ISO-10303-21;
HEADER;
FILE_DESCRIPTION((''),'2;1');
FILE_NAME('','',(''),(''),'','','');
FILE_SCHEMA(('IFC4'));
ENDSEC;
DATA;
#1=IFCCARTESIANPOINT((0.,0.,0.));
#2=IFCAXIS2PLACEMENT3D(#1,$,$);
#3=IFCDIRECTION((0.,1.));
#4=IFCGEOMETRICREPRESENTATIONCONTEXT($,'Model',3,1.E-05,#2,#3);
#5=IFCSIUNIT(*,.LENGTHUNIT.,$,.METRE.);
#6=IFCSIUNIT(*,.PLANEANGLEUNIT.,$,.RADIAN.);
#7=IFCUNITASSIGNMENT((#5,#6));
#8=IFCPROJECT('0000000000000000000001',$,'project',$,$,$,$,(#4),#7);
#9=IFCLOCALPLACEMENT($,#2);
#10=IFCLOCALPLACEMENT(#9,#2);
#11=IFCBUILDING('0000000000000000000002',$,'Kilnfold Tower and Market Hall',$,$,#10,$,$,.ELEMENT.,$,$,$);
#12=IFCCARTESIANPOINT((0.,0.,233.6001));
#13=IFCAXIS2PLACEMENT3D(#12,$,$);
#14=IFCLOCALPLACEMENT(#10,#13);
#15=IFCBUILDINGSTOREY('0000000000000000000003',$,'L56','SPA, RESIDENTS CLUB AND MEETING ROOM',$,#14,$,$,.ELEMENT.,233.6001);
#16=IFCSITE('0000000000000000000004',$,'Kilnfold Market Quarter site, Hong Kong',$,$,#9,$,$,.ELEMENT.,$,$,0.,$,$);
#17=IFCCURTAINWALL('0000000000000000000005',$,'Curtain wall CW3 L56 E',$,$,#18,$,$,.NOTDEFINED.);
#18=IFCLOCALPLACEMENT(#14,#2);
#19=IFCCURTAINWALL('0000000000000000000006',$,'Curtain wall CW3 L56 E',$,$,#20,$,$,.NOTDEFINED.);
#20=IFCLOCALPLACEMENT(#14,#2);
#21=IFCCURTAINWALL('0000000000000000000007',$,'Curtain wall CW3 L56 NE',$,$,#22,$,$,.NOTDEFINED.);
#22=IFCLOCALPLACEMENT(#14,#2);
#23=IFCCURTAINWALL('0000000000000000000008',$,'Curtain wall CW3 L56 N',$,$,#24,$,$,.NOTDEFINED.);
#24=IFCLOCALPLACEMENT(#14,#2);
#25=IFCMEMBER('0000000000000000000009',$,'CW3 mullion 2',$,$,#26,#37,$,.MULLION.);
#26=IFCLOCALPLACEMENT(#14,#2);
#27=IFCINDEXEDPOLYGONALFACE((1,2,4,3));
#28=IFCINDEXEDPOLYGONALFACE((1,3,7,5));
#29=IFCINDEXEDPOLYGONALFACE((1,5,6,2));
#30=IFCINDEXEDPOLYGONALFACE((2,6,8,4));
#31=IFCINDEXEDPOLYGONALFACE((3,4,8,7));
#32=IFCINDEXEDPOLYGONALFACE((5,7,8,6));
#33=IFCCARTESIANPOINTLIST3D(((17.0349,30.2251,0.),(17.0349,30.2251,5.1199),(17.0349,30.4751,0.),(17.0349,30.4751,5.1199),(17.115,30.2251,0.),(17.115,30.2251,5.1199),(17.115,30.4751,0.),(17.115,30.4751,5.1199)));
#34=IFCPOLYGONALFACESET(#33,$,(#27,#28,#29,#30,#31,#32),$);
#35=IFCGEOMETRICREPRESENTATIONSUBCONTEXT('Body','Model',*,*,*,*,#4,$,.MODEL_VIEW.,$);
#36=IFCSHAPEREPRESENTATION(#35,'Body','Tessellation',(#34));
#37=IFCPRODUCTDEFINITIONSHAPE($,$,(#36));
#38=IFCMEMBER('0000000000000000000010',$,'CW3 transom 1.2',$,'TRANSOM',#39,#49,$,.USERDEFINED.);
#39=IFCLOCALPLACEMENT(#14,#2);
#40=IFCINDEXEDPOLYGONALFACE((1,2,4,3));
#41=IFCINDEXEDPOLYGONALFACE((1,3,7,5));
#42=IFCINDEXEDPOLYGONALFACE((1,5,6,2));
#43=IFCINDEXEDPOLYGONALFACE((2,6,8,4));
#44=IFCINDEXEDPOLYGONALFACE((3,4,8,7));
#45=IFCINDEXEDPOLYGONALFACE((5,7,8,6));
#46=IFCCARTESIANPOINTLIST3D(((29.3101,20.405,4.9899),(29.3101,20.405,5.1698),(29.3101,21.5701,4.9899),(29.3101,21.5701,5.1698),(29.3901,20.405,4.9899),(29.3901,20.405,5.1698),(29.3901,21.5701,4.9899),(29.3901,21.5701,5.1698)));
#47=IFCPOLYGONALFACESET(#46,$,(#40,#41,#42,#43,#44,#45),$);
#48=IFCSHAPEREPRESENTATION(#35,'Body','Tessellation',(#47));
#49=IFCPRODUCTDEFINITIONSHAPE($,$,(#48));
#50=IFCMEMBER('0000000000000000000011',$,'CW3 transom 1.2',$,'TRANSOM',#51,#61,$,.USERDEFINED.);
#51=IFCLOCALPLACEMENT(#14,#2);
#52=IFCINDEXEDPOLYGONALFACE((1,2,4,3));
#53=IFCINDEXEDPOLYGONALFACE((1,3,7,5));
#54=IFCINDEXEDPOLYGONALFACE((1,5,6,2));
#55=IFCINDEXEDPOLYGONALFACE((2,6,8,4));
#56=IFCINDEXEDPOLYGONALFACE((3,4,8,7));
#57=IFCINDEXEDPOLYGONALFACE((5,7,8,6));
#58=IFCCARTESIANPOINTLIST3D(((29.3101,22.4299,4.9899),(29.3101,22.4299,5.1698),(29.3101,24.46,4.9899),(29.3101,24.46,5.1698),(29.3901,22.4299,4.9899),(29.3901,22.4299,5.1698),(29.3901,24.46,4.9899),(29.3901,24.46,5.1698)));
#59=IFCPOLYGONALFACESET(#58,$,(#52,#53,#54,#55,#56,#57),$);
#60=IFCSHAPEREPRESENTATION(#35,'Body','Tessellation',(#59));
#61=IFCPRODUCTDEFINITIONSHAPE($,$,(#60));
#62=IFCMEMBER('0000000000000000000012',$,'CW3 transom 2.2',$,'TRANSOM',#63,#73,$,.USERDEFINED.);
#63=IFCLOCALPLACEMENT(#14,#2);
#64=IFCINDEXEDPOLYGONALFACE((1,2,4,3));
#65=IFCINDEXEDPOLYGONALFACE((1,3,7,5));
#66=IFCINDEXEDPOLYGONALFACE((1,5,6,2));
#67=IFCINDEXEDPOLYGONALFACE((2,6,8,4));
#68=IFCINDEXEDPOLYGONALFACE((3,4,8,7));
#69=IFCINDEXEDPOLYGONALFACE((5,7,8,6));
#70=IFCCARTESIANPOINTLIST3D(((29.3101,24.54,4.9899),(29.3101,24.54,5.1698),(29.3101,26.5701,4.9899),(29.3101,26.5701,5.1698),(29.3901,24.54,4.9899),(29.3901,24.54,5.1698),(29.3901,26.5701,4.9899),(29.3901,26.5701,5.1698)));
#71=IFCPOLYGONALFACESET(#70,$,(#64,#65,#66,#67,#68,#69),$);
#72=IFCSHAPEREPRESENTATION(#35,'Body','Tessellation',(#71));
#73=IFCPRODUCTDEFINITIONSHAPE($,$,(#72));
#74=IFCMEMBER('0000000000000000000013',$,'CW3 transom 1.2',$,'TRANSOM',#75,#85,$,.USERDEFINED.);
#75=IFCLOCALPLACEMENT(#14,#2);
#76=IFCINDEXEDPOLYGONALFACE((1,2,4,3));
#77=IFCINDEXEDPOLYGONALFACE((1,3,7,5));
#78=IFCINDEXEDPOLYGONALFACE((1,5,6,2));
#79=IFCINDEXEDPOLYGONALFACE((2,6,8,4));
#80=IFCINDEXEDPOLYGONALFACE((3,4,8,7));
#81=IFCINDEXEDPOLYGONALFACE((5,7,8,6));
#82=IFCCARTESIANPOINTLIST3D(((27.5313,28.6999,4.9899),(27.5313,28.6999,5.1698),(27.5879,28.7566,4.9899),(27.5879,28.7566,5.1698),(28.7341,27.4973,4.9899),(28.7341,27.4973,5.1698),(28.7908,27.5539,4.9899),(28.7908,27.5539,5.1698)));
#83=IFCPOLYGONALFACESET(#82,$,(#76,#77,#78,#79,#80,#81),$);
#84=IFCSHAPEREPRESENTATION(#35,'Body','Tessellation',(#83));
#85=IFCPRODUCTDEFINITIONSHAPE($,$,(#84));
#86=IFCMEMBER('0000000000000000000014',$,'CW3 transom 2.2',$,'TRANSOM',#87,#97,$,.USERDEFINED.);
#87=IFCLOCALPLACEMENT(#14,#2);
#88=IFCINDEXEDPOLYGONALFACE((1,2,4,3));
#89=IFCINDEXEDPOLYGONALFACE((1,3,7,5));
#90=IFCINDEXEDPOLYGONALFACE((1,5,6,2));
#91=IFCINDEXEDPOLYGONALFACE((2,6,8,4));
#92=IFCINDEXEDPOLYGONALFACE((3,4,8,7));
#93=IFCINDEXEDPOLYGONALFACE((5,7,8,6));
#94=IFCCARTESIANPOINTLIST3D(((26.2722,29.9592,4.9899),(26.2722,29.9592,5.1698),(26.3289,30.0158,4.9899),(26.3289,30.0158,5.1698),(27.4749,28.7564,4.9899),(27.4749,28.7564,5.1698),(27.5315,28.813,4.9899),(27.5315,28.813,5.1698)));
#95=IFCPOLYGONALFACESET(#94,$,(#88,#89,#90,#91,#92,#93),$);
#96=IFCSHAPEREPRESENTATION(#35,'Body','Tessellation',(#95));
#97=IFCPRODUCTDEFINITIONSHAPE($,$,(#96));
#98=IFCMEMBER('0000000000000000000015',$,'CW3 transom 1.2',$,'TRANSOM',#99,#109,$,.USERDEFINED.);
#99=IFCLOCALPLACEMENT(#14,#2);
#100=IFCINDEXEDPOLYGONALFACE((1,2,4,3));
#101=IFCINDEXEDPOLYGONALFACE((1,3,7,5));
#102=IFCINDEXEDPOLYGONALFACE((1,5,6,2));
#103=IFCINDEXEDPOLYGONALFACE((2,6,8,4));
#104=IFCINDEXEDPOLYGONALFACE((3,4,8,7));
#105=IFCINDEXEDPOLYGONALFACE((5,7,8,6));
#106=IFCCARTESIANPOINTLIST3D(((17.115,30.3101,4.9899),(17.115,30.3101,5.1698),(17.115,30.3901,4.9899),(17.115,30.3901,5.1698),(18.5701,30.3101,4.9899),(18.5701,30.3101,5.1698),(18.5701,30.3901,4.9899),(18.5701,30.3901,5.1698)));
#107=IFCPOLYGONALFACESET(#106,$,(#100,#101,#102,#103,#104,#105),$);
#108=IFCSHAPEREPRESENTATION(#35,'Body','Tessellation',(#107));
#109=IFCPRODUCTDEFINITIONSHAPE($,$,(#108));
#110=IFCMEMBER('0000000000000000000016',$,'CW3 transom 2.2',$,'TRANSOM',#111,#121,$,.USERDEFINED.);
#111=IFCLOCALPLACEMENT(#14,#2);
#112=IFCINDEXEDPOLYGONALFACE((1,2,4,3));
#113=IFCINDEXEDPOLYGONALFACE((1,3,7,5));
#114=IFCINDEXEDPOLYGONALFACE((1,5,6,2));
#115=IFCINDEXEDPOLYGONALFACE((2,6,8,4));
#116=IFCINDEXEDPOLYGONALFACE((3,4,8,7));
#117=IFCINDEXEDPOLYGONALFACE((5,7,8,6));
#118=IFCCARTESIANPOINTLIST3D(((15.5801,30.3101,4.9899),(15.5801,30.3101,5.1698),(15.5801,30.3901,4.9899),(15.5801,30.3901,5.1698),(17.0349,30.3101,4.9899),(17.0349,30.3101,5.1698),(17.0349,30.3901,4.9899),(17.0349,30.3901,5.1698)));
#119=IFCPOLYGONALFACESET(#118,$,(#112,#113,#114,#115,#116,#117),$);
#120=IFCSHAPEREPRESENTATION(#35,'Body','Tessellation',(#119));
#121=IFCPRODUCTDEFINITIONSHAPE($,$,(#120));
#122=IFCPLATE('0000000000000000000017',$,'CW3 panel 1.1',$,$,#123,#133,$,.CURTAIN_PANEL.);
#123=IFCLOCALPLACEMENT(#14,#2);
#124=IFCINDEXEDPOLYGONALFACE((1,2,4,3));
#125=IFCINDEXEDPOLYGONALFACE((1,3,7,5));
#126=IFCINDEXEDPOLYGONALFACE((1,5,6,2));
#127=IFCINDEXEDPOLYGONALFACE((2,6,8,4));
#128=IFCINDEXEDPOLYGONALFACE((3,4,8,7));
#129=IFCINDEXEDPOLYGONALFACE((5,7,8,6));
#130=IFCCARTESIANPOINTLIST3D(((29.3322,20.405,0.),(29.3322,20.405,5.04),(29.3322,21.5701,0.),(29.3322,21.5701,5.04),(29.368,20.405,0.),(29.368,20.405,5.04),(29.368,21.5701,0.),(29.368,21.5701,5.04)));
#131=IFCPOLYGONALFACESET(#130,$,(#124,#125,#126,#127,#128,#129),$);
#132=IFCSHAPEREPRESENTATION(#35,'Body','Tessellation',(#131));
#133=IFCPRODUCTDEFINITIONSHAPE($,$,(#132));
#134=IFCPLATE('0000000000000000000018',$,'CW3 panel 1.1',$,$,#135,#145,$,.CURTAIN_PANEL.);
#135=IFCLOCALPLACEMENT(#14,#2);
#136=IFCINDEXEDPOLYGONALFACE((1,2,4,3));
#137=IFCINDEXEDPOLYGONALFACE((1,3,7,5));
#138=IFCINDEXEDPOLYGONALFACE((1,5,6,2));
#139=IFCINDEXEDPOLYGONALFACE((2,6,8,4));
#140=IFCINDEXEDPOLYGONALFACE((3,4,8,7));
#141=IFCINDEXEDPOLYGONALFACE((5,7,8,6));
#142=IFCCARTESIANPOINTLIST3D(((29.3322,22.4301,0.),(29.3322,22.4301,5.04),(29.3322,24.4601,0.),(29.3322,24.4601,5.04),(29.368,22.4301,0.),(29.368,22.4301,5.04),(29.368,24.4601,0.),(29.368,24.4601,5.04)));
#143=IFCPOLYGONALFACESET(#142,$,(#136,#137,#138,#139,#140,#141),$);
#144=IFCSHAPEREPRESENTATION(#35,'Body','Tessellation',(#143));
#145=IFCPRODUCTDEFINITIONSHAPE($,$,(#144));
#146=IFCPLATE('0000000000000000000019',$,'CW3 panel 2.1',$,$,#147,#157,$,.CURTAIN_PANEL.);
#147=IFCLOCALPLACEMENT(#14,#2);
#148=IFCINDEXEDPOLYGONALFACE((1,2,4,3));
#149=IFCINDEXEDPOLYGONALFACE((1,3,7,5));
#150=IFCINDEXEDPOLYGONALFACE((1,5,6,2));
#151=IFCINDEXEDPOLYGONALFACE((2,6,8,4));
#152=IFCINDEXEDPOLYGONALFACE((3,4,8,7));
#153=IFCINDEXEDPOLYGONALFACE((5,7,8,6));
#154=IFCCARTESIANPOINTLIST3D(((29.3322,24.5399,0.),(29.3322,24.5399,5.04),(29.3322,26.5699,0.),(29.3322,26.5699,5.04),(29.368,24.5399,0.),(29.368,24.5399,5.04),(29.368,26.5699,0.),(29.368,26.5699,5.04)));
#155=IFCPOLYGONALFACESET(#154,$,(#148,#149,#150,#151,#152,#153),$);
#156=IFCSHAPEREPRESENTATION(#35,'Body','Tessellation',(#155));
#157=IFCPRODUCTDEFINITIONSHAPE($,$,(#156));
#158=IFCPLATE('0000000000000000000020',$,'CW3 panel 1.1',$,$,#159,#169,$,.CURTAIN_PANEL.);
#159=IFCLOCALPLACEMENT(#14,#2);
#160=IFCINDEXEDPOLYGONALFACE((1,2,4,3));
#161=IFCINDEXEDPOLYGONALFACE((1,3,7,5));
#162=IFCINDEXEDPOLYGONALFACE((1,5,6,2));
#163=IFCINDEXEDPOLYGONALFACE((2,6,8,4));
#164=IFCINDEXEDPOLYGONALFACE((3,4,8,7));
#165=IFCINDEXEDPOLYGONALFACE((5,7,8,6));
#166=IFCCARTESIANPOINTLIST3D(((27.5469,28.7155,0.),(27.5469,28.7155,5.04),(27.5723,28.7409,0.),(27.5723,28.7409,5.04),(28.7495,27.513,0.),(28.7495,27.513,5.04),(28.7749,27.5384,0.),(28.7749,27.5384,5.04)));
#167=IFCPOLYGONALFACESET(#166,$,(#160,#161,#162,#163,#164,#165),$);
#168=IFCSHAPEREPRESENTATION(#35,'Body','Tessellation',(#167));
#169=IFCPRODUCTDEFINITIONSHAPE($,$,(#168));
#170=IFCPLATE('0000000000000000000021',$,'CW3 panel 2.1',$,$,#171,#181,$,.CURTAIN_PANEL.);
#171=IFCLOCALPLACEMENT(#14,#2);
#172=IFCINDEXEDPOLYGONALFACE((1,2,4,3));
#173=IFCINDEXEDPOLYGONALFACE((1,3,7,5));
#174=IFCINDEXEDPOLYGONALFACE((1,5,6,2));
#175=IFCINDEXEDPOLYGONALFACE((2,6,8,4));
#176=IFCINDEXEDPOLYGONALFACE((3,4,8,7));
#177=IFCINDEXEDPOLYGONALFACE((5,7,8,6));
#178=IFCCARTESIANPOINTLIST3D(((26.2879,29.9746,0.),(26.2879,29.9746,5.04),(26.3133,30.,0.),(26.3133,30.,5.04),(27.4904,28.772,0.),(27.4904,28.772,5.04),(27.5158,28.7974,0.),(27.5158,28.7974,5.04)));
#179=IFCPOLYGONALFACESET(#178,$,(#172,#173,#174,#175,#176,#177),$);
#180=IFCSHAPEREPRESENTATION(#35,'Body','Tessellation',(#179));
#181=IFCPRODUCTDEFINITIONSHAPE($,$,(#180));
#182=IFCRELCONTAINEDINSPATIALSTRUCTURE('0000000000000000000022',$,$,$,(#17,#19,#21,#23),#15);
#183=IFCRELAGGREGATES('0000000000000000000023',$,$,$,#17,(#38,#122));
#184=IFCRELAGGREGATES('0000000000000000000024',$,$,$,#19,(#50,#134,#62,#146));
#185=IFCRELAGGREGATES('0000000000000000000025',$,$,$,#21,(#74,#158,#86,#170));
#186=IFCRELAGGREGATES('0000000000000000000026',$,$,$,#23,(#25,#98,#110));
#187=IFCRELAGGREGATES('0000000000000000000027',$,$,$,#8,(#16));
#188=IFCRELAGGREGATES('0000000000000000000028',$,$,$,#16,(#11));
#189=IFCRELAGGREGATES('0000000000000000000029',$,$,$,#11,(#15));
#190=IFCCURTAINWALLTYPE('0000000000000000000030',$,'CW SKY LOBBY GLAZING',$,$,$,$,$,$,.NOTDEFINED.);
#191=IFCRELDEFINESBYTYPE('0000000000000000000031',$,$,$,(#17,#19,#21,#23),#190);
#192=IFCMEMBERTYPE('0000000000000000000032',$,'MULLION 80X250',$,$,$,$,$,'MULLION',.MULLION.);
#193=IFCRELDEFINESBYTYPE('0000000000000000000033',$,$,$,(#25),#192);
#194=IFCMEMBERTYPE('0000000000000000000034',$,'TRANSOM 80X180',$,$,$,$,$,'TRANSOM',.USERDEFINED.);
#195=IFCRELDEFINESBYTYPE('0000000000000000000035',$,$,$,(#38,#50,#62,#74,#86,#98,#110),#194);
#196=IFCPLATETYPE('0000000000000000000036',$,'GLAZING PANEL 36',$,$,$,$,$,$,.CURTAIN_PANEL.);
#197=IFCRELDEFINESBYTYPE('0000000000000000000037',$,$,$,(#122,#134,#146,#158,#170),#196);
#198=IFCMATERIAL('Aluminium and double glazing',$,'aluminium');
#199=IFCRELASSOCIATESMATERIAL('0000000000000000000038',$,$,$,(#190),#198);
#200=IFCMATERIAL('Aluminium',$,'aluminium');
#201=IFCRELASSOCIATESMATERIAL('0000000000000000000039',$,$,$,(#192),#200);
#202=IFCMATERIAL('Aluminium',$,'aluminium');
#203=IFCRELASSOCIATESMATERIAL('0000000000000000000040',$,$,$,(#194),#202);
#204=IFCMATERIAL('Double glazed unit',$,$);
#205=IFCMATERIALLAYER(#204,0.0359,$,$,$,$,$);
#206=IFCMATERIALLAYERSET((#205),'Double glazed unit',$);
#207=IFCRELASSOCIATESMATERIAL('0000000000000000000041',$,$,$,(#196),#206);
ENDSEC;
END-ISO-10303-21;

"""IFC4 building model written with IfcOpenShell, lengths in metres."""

from ifc_helpers import new_model, si_unit, direction, frame, origin, origin_2d, place, context, subcontext, project, spatial, rectangle, extrude, source, transform, mapped, material, layer, layer_set, material_profile, profile_set, type_object, element, aggregate, save


model = new_model("IFC4")

# Units and contexts
model_context = context("Model", 3, precision=1e-05, world=origin(), true_north=direction((0.0, 1.0)))
body_context = subcontext(model_context, "Body", "Model", "MODEL_VIEW")
ifc_project = project(units=[si_unit("LENGTHUNIT", "METRE"), si_unit("PLANEANGLEUNIT", "RADIAN")], contexts=[model_context])

# Site, building, storey
site_placement = place(None, origin())
site = spatial("IfcSite", under=ifc_project, at=site_placement, Name="Kilnfold Market Quarter site, Hong Kong", CompositionType="ELEMENT", RefElevation=0.0)
building_placement = place(site_placement, origin())
building = spatial("IfcBuilding", under=site, at=building_placement, Name="Kilnfold Tower and Market Hall", CompositionType="ELEMENT")
storey_placement = place(building_placement, frame((0.0, 0.0, 233.6001)))
storey = spatial("IfcBuildingStorey", under=building, at=storey_placement, Name="L56", Description="SPA, RESIDENTS CLUB AND MEETING ROOM", CompositionType="ELEMENT", Elevation=233.6001)

# Curtain walls, member
ifc_material_1 = material(Name="Aluminium and double glazing", Category="aluminium")
curtain_wall_type = type_object("IfcCurtainWallType", Name="CW SKY LOBBY GLAZING", PredefinedType="NOTDEFINED", material=ifc_material_1)
curtain_wall_1_placement = place(storey_placement, origin())
curtain_wall_1 = element("IfcCurtainWall", 1, at=curtain_wall_1_placement, inside=storey, type_object=curtain_wall_type, Name="Curtain wall CW3 L56 E", PredefinedType="NOTDEFINED")
ifc_material_2 = material(Name="Aluminium", Category="aluminium")
ifc_material_profile_1 = material_profile(ifc_material_2, rectangle(XDim=0.0801, YDim=0.25, at=origin_2d()), Name="MULLION 80x250")
ifc_profile_set_1 = profile_set([ifc_material_profile_1], Name="Aluminium")
member_type_1 = type_object("IfcMemberType", Name="MULLION 80X250", ElementType="MULLION", PredefinedType="MULLION", material=ifc_profile_set_1)
shared_shape_1 = source(origin(), body_context, "Body", "SweptSolid", [
    extrude(rectangle(XDim=0.0801, YDim=0.25, at=origin_2d()), origin(), (0.0, 0.0, 1.0), 5.1199),
])
curtain_wall_2_placement = place(storey_placement, origin())
curtain_wall_2 = element("IfcCurtainWall", 2, at=curtain_wall_2_placement, inside=storey, type_object=curtain_wall_type, Name="Curtain wall CW3 L56 E", PredefinedType="NOTDEFINED")
curtain_wall_3_placement = place(storey_placement, origin())
curtain_wall_3 = element("IfcCurtainWall", 3, at=curtain_wall_3_placement, inside=storey, type_object=curtain_wall_type, Name="Curtain wall CW3 L56 NE", PredefinedType="NOTDEFINED")
curtain_wall_4_placement = place(storey_placement, origin())
curtain_wall_4 = element("IfcCurtainWall", 4, at=curtain_wall_4_placement, inside=storey, type_object=curtain_wall_type, Name="Curtain wall CW3 L56 N", PredefinedType="NOTDEFINED")
member_1_placement = place(storey_placement, frame((17.075, 30.3501, 0.0), z_axis=(0.0, 0.0, 1.0), x_axis=(-1.0, 0.0, 0.0)))
member_1 = element("IfcMember", 5, at=member_1_placement, type_object=member_type_1, Name="CW3 mullion 2", PredefinedType="MULLION", context=body_context, shape_type="MappedRepresentation", body=[
    mapped(shared_shape_1, transform((0.0, 0.0, 0.0))),
])

# Members
ifc_material_3 = material(Name="Aluminium", Category="aluminium")
ifc_material_profile_2 = material_profile(ifc_material_3, rectangle(XDim=0.0801, YDim=0.1799, at=origin_2d()), Name="TRANSOM 80x180")
ifc_profile_set_2 = profile_set([ifc_material_profile_2], Name="Aluminium")
member_type_2 = type_object("IfcMemberType", Name="TRANSOM 80X180", ElementType="TRANSOM", PredefinedType="USERDEFINED", material=ifc_profile_set_2)
shared_shape_2 = source(origin(), body_context, "Body", "SweptSolid", [
    extrude(rectangle(XDim=0.0801, YDim=0.1799, at=origin_2d()), origin(), (0.0, 0.0, 1.0), 1.165),
])
member_2_placement = place(storey_placement, frame((29.3501, 20.405, 5.0798), z_axis=(0.0, 1.0, 0.0), x_axis=(-1.0, 0.0, 0.0)))
member_2 = element("IfcMember", 6, at=member_2_placement, type_object=member_type_2, Name="CW3 transom 1.2", ObjectType="TRANSOM", PredefinedType="USERDEFINED", context=body_context, shape_type="MappedRepresentation", body=[
    mapped(shared_shape_2, transform((0.0, 0.0, 0.0))),
])
shared_shape_3 = source(origin(), body_context, "Body", "SweptSolid", [
    extrude(rectangle(XDim=0.0801, YDim=0.1799, at=origin_2d()), origin(), (0.0, 0.0, 1.0), 2.03),
])
member_3_placement = place(storey_placement, frame((29.3501, 22.4299, 5.0798), z_axis=(0.0, 1.0, 0.0), x_axis=(-1.0, 0.0, 0.0)))
member_3 = element("IfcMember", 7, at=member_3_placement, type_object=member_type_2, Name="CW3 transom 1.2", ObjectType="TRANSOM", PredefinedType="USERDEFINED", context=body_context, shape_type="MappedRepresentation", body=[
    mapped(shared_shape_3, transform((0.0, 0.0, 0.0))),
])
member_4_placement = place(storey_placement, frame((29.3501, 24.54, 5.0798), z_axis=(0.0, 1.0, 0.0), x_axis=(-1.0, 0.0, 0.0)))
member_4 = element("IfcMember", 8, at=member_4_placement, type_object=member_type_2, Name="CW3 transom 2.2", ObjectType="TRANSOM", PredefinedType="USERDEFINED", context=body_context, shape_type="MappedRepresentation", body=[
    mapped(shared_shape_3, transform((0.0, 0.0, 0.0))),
])
shared_shape_4 = source(origin(), body_context, "Body", "SweptSolid", [
    extrude(rectangle(XDim=0.0801, YDim=0.1799, at=origin_2d()), origin(), (0.0, 0.0, 1.0), 1.7009),
])
member_5_placement = place(storey_placement, frame((28.7625, 27.5256, 5.0798), z_axis=(-0.707179, 0.707035, 0.0), x_axis=(-0.707035, -0.707179, 0.0)))
member_5 = element("IfcMember", 9, at=member_5_placement, type_object=member_type_2, Name="CW3 transom 1.2", ObjectType="TRANSOM", PredefinedType="USERDEFINED", context=body_context, shape_type="MappedRepresentation", body=[
    mapped(shared_shape_4, transform((0.0, 0.0, 0.0))),
])
member_6_placement = place(storey_placement, frame((27.5032, 28.7847, 5.0798), z_axis=(-0.707035, 0.707179, 0.0), x_axis=(-0.707179, -0.707035, 0.0)))
member_6 = element("IfcMember", 10, at=member_6_placement, type_object=member_type_2, Name="CW3 transom 2.2", ObjectType="TRANSOM", PredefinedType="USERDEFINED", context=body_context, shape_type="MappedRepresentation", body=[
    mapped(shared_shape_4, transform((0.0, 0.0, 0.0))),
])
shared_shape_5 = source(origin(), body_context, "Body", "SweptSolid", [
    extrude(rectangle(XDim=0.0801, YDim=0.1799, at=origin_2d()), origin(), (0.0, 0.0, 1.0), 1.4551),
])
member_7_placement = place(storey_placement, frame((18.5701, 30.3501, 5.0798), z_axis=(-1.0, 0.0, 0.0), x_axis=(0.0, -1.0, 0.0)))
member_7 = element("IfcMember", 11, at=member_7_placement, type_object=member_type_2, Name="CW3 transom 1.2", ObjectType="TRANSOM", PredefinedType="USERDEFINED", context=body_context, shape_type="MappedRepresentation", body=[
    mapped(shared_shape_5, transform((0.0, 0.0, 0.0))),
])
shared_shape_6 = source(origin(), body_context, "Body", "SweptSolid", [
    extrude(rectangle(XDim=0.0801, YDim=0.1799, at=origin_2d()), origin(), (0.0, 0.0, 1.0), 1.4548),
])
member_8_placement = place(storey_placement, frame((17.0349, 30.3501, 5.0798), z_axis=(-1.0, 0.0, 0.0), x_axis=(0.0, -1.0, 0.0)))
member_8 = element("IfcMember", 12, at=member_8_placement, type_object=member_type_2, Name="CW3 transom 2.2", ObjectType="TRANSOM", PredefinedType="USERDEFINED", context=body_context, shape_type="MappedRepresentation", body=[
    mapped(shared_shape_6, transform((0.0, 0.0, 0.0))),
])

# Plates
ifc_material_4 = material(Name="Double glazed unit")
ifc_layer_1 = layer(ifc_material_4, 0.0359)
ifc_layer_set_1 = layer_set([ifc_layer_1], Name="Double glazed unit")
plate_type = type_object("IfcPlateType", Name="GLAZING PANEL 36", PredefinedType="CURTAIN_PANEL", material=ifc_layer_set_1)
shared_shape_7 = source(origin(), body_context, "Body", "SweptSolid", [
    extrude(rectangle(XDim=1.165, YDim=0.0359, at=origin_2d()), origin(), (0.0, 0.0, 1.0), 5.04),
])
plate_1_placement = place(storey_placement, frame((29.3501, 20.9875, 0.0), z_axis=(0.0, 0.0, 1.0), x_axis=(0.0, 1.0, 0.0)))
plate_1 = element("IfcPlate", 13, at=plate_1_placement, type_object=plate_type, Name="CW3 panel 1.1", PredefinedType="CURTAIN_PANEL", context=body_context, shape_type="MappedRepresentation", body=[
    mapped(shared_shape_7, transform((0.0, 0.0, 0.0))),
])
aggregate(curtain_wall_1, [member_2, plate_1])
shared_shape_8 = source(origin(), body_context, "Body", "SweptSolid", [
    extrude(rectangle(XDim=2.03, YDim=0.0359, at=origin_2d()), origin(), (0.0, 0.0, 1.0), 5.04),
])
plate_2_placement = place(storey_placement, frame((29.3501, 23.4451, 0.0), z_axis=(0.0, 0.0, 1.0), x_axis=(0.0, 1.0, 0.0)))
plate_2 = element("IfcPlate", 14, at=plate_2_placement, type_object=plate_type, Name="CW3 panel 1.1", PredefinedType="CURTAIN_PANEL", context=body_context, shape_type="MappedRepresentation", body=[
    mapped(shared_shape_8, transform((0.0, 0.0, 0.0))),
])
plate_3_placement = place(storey_placement, frame((29.3501, 25.5549, 0.0), z_axis=(0.0, 0.0, 1.0), x_axis=(0.0, 1.0, 0.0)))
plate_3 = element("IfcPlate", 15, at=plate_3_placement, type_object=plate_type, Name="CW3 panel 2.1", PredefinedType="CURTAIN_PANEL", context=body_context, shape_type="MappedRepresentation", body=[
    mapped(shared_shape_8, transform((0.0, 0.0, 0.0))),
])
aggregate(curtain_wall_2, [member_3, plate_2, member_4, plate_3])
shared_shape_9 = source(origin(), body_context, "Body", "SweptSolid", [
    extrude(rectangle(XDim=1.7007, YDim=0.0359, at=origin_2d()), origin(), (0.0, 0.0, 1.0), 5.04),
])
plate_4_placement = place(storey_placement, frame((28.1609, 28.127, 0.0), z_axis=(0.0, 0.0, 1.0), x_axis=(-0.707107, 0.707107, 0.0)))
plate_4 = element("IfcPlate", 16, at=plate_4_placement, type_object=plate_type, Name="CW3 panel 1.1", PredefinedType="CURTAIN_PANEL", context=body_context, shape_type="MappedRepresentation", body=[
    mapped(shared_shape_9, transform((0.0, 0.0, 0.0))),
])
plate_5_placement = place(storey_placement, frame((26.9019, 29.386, 0.0), z_axis=(0.0, 0.0, 1.0), x_axis=(-0.707107, 0.707107, 0.0)))
plate_5 = element("IfcPlate", 17, at=plate_5_placement, type_object=plate_type, Name="CW3 panel 2.1", PredefinedType="CURTAIN_PANEL", context=body_context, shape_type="MappedRepresentation", body=[
    mapped(shared_shape_9, transform((0.0, 0.0, 0.0))),
])
aggregate(curtain_wall_3, [member_5, plate_4, member_6, plate_5])
aggregate(curtain_wall_4, [member_1, member_7, member_8])

save(model, "model.ifc")
